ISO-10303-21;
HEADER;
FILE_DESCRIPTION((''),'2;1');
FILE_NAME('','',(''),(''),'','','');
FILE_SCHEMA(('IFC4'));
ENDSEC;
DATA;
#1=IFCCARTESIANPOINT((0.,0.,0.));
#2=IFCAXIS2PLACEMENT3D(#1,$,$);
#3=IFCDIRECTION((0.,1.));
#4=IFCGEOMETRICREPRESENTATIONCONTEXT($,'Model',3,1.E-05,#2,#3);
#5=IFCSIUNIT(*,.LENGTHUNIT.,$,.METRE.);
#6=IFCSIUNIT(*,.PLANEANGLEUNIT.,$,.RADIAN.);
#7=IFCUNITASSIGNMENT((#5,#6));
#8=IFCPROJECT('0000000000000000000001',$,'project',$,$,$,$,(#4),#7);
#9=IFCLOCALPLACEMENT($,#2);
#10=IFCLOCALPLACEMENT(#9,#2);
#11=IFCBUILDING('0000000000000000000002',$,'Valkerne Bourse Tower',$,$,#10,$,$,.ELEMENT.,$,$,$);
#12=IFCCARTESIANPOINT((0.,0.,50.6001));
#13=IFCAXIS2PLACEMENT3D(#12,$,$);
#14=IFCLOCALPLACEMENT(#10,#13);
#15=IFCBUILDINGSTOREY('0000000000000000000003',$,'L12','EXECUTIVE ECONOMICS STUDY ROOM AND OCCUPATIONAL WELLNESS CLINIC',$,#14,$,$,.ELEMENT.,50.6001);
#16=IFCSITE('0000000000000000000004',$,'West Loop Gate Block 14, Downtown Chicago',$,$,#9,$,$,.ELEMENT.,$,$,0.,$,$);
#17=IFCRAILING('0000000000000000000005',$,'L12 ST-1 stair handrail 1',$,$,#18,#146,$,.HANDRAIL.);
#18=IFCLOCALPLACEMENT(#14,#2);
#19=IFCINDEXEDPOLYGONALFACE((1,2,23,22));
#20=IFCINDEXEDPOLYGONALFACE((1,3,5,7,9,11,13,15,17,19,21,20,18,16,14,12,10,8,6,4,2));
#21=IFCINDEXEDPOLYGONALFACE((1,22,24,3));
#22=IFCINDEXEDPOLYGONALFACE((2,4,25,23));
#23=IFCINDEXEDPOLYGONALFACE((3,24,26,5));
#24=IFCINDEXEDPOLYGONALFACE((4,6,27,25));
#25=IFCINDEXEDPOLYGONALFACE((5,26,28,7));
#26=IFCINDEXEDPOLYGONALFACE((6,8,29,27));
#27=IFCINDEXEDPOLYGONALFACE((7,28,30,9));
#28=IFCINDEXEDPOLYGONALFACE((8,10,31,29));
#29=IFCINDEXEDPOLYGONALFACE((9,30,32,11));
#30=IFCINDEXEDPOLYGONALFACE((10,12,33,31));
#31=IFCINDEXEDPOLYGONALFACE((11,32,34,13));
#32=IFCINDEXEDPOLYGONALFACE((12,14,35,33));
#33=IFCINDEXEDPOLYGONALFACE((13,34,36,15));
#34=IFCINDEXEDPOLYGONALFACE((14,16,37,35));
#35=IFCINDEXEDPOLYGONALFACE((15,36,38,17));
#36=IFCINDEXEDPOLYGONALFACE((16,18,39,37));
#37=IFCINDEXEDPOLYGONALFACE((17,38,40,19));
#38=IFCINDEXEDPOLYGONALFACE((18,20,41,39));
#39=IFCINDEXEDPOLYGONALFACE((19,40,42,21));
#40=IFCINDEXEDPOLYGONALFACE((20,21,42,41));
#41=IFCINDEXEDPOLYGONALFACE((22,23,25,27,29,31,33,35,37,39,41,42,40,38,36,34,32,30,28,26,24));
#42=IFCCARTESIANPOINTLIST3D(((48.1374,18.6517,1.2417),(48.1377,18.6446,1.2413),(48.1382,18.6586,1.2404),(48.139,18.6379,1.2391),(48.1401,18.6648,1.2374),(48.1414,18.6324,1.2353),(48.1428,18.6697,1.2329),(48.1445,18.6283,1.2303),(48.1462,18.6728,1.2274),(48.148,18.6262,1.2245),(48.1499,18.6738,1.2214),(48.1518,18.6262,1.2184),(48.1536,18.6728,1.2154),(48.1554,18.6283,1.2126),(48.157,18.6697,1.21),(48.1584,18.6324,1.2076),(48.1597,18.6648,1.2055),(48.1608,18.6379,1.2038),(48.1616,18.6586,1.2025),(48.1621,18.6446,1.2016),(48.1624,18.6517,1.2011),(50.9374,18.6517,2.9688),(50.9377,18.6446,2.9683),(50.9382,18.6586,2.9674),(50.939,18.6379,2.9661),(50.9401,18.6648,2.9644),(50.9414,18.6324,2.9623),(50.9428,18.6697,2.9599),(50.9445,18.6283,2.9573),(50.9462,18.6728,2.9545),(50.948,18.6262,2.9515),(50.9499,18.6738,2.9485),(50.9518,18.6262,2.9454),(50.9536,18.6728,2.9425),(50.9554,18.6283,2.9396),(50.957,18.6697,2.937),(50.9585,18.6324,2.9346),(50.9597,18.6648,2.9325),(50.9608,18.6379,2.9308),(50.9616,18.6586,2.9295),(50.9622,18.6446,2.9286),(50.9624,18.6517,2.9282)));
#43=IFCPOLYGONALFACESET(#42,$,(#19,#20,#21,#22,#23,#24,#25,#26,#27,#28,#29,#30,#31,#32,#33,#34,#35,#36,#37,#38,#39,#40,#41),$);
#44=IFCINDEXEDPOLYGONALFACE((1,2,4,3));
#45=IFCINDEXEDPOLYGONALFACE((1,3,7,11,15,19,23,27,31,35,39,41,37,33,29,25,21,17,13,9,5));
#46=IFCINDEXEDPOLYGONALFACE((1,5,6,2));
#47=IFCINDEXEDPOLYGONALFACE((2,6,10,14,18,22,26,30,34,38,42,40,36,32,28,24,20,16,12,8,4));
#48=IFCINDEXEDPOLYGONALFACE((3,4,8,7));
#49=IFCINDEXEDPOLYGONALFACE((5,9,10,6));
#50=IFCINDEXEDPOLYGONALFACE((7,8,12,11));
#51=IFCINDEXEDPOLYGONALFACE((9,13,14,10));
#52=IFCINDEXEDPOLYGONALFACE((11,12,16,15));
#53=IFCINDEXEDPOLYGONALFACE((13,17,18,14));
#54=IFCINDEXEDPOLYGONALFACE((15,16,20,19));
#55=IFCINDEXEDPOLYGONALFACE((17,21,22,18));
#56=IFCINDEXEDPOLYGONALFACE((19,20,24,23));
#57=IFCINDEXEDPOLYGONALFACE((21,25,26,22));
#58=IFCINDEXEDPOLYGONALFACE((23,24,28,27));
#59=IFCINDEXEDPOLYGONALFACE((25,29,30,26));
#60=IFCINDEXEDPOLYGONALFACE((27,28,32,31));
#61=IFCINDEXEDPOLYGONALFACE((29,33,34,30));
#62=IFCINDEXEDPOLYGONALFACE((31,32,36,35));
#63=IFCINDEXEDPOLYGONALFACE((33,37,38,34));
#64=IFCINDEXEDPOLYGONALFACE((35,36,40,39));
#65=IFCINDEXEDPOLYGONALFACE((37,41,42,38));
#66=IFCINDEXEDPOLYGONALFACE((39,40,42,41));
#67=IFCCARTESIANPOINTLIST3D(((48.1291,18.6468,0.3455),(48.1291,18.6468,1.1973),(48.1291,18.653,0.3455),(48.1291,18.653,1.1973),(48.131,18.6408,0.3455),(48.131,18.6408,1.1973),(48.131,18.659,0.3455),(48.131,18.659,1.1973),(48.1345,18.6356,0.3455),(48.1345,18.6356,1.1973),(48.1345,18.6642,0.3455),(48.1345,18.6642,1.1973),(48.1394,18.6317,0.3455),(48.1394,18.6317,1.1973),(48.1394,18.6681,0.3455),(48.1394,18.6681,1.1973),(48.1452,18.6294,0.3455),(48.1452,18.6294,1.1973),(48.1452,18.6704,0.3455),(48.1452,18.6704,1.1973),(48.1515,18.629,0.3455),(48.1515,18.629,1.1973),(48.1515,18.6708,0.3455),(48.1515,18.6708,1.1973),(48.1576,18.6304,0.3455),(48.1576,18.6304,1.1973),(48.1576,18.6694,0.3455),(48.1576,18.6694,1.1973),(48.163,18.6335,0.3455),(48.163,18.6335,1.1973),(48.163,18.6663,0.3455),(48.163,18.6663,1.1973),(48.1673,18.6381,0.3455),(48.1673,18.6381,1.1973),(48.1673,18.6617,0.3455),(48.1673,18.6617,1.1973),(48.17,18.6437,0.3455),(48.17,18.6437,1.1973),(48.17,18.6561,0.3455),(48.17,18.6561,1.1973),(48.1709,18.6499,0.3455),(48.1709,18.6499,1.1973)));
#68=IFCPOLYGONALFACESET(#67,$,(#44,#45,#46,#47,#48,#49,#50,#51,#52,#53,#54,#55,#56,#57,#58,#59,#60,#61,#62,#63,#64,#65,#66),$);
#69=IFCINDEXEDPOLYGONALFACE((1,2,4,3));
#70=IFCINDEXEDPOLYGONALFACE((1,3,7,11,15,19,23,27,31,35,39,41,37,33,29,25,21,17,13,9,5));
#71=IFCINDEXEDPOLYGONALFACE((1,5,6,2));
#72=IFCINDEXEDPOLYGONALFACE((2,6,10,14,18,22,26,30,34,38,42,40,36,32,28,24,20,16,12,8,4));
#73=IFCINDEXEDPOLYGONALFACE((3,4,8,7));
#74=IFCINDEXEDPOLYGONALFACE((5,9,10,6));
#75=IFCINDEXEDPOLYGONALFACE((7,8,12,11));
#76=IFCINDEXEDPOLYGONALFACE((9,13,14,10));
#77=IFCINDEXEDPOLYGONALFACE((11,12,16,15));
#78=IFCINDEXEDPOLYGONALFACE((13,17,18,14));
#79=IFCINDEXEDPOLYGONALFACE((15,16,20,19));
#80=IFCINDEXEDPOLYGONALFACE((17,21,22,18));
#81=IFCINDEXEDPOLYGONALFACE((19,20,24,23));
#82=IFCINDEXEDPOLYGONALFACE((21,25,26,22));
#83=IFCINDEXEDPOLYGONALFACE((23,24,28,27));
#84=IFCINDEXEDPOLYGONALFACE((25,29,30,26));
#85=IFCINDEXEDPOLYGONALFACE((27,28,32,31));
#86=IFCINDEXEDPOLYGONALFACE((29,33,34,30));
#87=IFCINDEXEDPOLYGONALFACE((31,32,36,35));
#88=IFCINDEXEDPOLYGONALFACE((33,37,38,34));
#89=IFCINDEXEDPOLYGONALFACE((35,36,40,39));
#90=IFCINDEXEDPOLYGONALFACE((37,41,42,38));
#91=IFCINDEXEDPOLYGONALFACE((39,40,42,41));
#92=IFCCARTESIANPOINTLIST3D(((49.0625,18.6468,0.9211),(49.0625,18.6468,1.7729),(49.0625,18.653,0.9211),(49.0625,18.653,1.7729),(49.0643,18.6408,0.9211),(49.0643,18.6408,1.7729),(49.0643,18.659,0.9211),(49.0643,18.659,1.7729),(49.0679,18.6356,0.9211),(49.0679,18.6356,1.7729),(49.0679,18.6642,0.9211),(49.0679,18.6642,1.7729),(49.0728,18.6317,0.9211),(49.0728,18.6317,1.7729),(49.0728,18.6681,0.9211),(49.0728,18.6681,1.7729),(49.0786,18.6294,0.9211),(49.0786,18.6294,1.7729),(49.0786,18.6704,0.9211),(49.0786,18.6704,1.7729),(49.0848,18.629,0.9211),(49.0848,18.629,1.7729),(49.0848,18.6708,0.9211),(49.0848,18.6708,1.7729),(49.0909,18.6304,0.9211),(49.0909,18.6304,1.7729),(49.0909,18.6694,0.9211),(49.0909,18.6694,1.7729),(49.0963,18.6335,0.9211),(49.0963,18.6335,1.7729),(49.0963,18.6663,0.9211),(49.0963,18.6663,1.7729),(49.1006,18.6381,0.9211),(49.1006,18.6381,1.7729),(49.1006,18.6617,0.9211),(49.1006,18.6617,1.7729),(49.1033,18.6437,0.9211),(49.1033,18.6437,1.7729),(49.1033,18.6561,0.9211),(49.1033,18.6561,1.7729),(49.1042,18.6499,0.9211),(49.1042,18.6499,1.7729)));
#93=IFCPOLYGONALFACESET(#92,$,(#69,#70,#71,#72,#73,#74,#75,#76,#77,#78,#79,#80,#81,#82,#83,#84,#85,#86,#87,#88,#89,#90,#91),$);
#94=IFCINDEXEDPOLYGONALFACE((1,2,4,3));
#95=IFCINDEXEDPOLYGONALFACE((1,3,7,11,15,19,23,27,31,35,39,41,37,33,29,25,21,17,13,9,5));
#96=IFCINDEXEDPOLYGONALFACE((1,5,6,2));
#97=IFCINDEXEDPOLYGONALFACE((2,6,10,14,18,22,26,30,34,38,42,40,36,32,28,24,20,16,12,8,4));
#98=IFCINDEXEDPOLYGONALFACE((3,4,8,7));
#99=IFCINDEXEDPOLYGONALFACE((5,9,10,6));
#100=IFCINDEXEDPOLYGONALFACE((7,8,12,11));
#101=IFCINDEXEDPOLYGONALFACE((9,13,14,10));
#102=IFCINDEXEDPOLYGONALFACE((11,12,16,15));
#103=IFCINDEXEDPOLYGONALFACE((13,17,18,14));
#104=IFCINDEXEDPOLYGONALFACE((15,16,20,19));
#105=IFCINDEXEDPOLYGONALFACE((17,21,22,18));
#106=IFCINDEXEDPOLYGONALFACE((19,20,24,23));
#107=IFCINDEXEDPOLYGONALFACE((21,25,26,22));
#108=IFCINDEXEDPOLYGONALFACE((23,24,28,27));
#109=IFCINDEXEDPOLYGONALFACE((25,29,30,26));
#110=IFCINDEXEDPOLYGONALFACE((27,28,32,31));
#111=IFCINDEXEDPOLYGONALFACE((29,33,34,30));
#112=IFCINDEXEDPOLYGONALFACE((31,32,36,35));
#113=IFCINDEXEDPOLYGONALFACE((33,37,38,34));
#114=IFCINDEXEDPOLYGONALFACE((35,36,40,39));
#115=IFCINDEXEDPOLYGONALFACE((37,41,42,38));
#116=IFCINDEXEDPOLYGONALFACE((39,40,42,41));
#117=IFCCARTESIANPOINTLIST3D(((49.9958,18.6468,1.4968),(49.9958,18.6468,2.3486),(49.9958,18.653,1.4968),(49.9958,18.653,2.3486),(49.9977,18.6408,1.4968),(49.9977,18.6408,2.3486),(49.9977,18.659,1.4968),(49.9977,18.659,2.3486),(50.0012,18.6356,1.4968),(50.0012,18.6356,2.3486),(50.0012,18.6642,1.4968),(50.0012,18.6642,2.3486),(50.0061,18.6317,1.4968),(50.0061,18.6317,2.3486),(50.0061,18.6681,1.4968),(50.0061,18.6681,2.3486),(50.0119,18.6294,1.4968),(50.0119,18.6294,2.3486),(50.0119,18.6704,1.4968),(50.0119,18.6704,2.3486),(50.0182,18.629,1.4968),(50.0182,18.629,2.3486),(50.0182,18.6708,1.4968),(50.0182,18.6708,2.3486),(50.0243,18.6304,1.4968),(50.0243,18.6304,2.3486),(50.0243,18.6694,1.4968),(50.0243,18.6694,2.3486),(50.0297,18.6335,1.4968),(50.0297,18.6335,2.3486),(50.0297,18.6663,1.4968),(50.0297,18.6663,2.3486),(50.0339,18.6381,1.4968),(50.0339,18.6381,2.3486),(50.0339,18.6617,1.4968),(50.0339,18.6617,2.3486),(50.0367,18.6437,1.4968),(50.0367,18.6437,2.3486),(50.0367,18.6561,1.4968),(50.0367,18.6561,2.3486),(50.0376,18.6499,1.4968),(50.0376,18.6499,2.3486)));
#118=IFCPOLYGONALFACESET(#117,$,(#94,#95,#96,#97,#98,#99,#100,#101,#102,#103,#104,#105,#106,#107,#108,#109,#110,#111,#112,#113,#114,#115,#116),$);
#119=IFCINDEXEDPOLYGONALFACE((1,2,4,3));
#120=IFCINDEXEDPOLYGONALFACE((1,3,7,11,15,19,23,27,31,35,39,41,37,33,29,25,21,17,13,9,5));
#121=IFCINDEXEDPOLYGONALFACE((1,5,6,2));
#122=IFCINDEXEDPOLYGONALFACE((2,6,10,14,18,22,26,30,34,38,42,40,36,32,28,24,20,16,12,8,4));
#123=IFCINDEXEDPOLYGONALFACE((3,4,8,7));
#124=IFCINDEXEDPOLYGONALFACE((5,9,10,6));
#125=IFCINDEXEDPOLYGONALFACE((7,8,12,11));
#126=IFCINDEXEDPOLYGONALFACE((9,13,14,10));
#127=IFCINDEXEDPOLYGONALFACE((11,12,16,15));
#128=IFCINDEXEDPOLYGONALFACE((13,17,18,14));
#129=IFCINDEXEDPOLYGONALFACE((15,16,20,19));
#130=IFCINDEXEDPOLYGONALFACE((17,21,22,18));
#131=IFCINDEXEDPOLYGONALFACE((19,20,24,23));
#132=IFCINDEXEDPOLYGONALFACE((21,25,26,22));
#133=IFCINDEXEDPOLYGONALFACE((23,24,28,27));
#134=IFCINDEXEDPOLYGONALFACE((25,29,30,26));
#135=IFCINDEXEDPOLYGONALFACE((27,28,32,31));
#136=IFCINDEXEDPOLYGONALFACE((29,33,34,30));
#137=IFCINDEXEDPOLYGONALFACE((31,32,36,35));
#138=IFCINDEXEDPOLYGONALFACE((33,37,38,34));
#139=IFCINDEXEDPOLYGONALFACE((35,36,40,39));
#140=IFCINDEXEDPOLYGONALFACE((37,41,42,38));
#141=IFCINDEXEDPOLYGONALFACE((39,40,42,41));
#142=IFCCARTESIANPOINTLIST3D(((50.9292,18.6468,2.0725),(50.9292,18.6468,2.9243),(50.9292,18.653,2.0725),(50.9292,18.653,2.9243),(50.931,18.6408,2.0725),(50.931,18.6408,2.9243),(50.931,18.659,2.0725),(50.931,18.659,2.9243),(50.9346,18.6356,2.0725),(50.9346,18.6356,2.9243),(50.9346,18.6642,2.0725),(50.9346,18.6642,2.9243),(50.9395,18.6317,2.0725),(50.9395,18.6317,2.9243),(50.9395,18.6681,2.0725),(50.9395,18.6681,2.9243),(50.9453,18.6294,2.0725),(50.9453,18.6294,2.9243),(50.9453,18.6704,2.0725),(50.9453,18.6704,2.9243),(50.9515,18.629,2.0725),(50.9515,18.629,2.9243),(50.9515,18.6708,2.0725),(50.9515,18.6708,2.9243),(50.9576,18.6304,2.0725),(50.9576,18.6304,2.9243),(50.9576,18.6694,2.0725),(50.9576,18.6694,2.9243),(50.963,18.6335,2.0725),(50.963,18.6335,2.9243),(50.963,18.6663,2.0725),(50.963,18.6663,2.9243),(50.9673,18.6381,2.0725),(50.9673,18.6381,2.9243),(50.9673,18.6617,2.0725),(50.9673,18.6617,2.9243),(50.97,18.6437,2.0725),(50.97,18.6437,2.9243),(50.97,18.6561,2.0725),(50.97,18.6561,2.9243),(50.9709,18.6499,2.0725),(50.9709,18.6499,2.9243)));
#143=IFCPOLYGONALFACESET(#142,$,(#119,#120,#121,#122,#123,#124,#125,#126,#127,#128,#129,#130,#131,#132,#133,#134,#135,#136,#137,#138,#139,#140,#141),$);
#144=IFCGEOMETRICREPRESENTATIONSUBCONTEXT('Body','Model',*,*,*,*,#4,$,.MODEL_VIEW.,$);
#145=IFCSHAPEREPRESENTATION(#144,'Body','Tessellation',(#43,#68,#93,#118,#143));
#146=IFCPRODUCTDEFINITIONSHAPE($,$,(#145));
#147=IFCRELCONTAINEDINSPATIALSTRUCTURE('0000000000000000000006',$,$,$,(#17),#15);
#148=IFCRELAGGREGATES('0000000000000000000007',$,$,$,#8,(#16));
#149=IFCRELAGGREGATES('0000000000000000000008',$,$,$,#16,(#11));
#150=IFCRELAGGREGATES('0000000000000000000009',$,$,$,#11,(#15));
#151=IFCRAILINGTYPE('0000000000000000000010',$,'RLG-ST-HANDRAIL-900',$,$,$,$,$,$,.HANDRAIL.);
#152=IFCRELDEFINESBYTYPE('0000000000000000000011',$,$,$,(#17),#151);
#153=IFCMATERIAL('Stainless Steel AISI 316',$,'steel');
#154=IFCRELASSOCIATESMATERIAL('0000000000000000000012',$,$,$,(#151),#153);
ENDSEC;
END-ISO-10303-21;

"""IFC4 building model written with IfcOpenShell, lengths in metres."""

from ifc_helpers import new_model, si_unit, direction, frame, origin, origin_2d, place, context, subcontext, project, spatial, circle, extrude, material, type_object, element, save


model = new_model("IFC4")

# Units and contexts
model_context = context("Model", 3, precision=1e-05, world=origin(), true_north=direction((0.0, 1.0)))
body_context = subcontext(model_context, "Body", "Model", "MODEL_VIEW")
ifc_project = project(units=[si_unit("LENGTHUNIT", "METRE"), si_unit("PLANEANGLEUNIT", "RADIAN")], contexts=[model_context])

# Site, building, storey
site_placement = place(None, origin())
site = spatial("IfcSite", under=ifc_project, at=site_placement, Name="West Loop Gate Block 14, Downtown Chicago", CompositionType="ELEMENT", RefElevation=0.0)
building_placement = place(site_placement, origin())
building = spatial("IfcBuilding", under=site, at=building_placement, Name="Valkerne Bourse Tower", CompositionType="ELEMENT")
storey_placement = place(building_placement, frame((0.0, 0.0, 50.6001)))
storey = spatial("IfcBuildingStorey", under=building, at=storey_placement, Name="L12", Description="EXECUTIVE ECONOMICS STUDY ROOM AND OCCUPATIONAL WELLNESS CLINIC", CompositionType="ELEMENT", Elevation=50.6001)

# Shared definitions
ifc_material_1 = material(Name="Stainless Steel AISI 316", Category="steel")

# Railing
railing_type_1 = type_object("IfcRailingType", Name="RLG-ST-HANDRAIL-900", PredefinedType="HANDRAIL", material=ifc_material_1)
railing_1_placement = place(storey_placement, frame((48.1499, 18.6499, 0.3455)))
element("IfcRailing", 1, at=railing_1_placement, inside=storey, type_object=railing_type_1, Name="L12 ST-1 stair handrail 1", PredefinedType="HANDRAIL", context=body_context, shape_type="SweptSolid", body=[
    extrude(circle(Radius=0.0239, at=origin_2d()), frame((0.0, 0.0, 0.876), z_axis=(0.851123, 0.0, 0.524967), x_axis=(0.0, 1.0, 0.0)), (0.0, 0.0, 1.0), 3.2898),
    extrude(circle(Radius=0.021, at=origin_2d()), origin(), (0.0, 0.0, 1.0), 0.8518),
    extrude(circle(Radius=0.021, at=origin_2d()), frame((0.9333, 0.0, 0.5757)), (0.0, 0.0, 1.0), 0.8518),
    extrude(circle(Radius=0.021, at=origin_2d()), frame((1.8667, 0.0, 1.1514)), (0.0, 0.0, 1.0), 0.8518),
    extrude(circle(Radius=0.021, at=origin_2d()), frame((2.8, 0.0, 1.7271)), (0.0, 0.0, 1.0), 0.8518),
])

save(model, "model.ifc")
